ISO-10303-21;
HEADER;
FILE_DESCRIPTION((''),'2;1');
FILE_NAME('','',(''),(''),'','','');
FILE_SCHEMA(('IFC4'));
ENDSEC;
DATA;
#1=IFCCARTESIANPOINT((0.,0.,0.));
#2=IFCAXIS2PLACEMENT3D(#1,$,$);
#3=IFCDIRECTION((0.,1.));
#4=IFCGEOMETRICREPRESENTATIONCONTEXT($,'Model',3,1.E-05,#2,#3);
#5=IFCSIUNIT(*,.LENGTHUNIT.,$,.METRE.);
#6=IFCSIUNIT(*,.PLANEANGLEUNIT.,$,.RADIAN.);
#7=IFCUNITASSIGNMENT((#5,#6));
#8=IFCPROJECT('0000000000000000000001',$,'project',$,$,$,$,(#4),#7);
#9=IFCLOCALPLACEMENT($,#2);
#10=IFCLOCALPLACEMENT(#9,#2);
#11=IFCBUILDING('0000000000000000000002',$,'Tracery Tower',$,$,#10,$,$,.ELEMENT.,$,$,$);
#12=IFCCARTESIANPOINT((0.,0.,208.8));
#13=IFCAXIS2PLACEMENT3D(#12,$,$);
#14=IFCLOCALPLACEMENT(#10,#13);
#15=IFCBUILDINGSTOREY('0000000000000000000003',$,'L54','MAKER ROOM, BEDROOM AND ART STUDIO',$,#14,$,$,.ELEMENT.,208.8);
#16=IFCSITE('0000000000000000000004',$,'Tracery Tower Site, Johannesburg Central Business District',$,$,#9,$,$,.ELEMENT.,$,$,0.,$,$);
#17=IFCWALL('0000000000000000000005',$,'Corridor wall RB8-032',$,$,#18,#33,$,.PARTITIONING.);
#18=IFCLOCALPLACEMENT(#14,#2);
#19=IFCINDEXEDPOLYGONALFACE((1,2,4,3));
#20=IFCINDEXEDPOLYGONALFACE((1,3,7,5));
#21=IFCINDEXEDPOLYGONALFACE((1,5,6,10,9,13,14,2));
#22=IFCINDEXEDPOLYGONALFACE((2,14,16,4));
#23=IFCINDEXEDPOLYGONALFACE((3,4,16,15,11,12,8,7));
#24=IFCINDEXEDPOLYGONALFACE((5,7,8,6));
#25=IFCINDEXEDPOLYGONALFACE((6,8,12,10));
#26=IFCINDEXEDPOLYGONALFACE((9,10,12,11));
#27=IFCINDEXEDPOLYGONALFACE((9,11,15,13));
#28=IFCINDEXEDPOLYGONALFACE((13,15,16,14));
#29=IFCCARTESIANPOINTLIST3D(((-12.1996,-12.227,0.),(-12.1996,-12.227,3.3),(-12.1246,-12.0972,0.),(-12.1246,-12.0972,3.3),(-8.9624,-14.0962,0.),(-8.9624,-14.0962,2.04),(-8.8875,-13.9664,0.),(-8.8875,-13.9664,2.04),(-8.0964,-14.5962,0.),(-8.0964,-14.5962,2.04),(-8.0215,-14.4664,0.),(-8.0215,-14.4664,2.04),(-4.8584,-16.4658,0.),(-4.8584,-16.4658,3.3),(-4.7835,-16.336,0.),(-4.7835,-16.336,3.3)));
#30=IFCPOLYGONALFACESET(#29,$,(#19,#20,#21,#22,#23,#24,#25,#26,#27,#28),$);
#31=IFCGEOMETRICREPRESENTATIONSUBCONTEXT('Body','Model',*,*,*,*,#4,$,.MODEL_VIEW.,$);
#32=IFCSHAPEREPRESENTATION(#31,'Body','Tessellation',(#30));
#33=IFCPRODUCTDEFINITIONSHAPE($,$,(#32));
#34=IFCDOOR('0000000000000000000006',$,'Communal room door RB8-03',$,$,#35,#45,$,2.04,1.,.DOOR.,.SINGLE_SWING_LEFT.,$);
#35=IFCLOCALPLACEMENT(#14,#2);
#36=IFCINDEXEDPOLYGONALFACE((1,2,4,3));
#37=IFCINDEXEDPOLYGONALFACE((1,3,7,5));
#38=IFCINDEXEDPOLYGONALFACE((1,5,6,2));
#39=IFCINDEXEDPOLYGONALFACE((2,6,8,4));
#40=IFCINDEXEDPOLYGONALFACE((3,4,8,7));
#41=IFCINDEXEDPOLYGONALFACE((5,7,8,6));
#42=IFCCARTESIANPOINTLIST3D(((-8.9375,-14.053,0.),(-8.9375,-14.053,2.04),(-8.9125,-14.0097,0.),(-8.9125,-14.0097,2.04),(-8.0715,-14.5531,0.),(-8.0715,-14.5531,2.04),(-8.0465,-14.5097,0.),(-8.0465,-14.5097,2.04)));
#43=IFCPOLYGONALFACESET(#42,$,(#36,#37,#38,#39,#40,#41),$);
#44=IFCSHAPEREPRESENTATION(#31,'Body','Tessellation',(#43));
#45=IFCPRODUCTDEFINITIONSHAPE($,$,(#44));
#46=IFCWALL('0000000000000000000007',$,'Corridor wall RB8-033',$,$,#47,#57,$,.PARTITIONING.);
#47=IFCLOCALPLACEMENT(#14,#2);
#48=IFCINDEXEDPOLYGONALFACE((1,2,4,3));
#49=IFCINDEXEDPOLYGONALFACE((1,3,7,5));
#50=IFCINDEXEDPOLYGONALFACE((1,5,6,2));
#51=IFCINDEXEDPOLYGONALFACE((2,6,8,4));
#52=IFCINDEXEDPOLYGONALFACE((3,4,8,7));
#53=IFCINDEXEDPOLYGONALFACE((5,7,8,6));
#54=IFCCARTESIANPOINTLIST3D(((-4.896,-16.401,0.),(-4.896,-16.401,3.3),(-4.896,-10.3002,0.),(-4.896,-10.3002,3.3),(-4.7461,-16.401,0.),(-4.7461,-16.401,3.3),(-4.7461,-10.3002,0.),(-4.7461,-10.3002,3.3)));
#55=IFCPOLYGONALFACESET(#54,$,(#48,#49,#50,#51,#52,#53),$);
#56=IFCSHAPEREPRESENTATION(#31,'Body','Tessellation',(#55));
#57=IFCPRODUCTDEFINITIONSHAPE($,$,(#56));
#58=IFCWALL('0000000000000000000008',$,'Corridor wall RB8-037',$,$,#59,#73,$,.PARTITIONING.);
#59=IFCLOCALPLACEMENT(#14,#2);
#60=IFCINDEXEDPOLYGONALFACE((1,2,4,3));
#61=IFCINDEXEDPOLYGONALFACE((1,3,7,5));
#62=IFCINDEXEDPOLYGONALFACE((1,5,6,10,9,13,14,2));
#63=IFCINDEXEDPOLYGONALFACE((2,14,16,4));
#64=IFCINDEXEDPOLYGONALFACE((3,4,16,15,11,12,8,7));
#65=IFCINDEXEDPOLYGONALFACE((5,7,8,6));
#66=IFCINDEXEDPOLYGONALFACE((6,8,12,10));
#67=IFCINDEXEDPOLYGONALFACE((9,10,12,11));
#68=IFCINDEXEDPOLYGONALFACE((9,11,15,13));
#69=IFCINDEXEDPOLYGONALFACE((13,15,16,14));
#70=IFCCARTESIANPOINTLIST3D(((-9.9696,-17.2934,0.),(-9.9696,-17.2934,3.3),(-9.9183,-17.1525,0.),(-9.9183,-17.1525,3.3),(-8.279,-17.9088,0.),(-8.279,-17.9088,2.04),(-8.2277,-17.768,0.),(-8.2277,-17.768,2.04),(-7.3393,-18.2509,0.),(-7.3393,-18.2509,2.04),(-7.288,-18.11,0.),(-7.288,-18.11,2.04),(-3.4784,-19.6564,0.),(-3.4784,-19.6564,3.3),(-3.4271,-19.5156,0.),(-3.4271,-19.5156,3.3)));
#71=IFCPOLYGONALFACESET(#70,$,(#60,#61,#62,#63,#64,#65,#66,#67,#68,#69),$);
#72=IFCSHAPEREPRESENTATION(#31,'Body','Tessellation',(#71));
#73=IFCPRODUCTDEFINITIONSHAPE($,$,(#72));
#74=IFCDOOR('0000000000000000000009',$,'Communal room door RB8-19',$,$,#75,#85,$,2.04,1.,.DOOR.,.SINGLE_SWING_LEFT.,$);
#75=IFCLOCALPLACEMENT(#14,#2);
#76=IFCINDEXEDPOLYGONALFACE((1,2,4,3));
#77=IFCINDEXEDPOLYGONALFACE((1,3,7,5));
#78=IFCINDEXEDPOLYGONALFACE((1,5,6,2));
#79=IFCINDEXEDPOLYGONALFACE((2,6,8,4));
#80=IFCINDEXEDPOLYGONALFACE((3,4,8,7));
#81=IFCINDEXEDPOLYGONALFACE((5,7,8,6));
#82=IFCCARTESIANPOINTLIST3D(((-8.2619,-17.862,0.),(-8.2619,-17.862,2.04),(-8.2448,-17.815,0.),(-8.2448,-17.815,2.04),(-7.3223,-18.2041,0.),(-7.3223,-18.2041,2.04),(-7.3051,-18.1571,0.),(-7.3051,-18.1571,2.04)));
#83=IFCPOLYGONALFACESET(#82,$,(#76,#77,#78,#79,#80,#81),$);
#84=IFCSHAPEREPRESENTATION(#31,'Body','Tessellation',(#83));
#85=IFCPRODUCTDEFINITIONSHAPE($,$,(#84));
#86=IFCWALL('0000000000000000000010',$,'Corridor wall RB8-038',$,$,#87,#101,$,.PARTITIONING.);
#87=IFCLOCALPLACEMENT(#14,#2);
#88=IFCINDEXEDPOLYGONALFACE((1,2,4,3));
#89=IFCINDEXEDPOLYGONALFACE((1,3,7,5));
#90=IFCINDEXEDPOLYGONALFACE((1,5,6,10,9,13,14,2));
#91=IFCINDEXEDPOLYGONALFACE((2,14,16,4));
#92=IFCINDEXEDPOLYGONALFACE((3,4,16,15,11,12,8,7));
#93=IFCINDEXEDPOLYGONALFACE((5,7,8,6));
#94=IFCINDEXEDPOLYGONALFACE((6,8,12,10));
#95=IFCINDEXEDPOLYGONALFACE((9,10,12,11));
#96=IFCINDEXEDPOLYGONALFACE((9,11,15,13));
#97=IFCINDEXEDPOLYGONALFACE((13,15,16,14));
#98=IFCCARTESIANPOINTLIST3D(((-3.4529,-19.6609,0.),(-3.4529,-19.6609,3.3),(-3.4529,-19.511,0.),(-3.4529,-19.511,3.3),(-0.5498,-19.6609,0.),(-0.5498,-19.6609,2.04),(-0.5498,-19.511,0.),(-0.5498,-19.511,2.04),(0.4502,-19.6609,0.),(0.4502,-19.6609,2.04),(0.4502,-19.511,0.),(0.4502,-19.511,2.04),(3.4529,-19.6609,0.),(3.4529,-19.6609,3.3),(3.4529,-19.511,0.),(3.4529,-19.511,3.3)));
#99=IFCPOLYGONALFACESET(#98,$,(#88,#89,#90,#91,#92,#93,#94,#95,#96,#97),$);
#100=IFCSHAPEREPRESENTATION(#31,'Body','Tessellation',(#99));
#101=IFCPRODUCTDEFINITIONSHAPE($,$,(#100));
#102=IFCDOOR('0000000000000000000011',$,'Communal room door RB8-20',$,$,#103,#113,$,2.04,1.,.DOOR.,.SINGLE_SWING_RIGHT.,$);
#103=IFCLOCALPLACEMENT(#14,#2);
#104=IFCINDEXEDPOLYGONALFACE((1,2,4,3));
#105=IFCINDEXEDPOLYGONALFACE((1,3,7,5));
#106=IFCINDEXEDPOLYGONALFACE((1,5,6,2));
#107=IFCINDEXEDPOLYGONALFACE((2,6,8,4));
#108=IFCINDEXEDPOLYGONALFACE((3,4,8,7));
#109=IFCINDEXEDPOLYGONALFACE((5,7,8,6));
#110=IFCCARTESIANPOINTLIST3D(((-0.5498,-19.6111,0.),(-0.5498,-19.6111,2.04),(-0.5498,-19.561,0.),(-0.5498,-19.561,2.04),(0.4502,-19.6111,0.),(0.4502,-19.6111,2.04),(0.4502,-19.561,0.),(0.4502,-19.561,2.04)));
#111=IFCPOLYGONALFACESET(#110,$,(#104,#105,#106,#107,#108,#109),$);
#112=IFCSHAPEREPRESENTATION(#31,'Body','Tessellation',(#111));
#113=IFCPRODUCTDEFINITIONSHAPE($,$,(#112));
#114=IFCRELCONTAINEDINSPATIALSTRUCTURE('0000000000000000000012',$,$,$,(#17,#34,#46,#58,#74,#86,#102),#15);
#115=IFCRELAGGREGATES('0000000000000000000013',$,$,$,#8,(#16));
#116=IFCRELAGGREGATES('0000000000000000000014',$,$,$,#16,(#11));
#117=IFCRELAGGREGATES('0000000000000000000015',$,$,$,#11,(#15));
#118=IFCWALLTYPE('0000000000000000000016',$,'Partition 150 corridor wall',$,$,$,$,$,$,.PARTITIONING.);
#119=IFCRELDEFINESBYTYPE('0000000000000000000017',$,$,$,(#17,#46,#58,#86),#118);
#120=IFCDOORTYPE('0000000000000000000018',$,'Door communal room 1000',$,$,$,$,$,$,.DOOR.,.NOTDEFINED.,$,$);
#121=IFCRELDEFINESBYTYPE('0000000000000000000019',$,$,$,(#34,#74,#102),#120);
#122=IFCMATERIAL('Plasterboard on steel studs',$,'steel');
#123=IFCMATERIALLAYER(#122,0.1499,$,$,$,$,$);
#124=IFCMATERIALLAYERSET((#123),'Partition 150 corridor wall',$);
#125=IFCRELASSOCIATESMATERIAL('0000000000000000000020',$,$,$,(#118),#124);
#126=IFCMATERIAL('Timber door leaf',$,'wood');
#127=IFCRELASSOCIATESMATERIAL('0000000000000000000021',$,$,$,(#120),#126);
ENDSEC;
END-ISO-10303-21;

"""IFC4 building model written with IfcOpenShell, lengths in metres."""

from ifc_helpers import new_model, si_unit, direction, frame, frame_2d, origin, place, context, subcontext, project, spatial, rectangle, extrude, material, layer, layer_set, type_object, element, fill, save


model = new_model("IFC4")

# Units and contexts
model_context = context("Model", 3, precision=1e-05, world=origin(), true_north=direction((0.0, 1.0)))
body_context = subcontext(model_context, "Body", "Model", "MODEL_VIEW")
ifc_project = project(units=[si_unit("LENGTHUNIT", "METRE"), si_unit("PLANEANGLEUNIT", "RADIAN")], contexts=[model_context])

# Site, building, storey
site_placement = place(None, origin())
site = spatial("IfcSite", under=ifc_project, at=site_placement, Name="Tracery Tower Site, Johannesburg Central Business District", CompositionType="ELEMENT", RefElevation=0.0)
building_placement = place(site_placement, origin())
building = spatial("IfcBuilding", under=site, at=building_placement, Name="Tracery Tower", CompositionType="ELEMENT")
storey_placement = place(building_placement, frame((0.0, 0.0, 208.8)))
storey = spatial("IfcBuildingStorey", under=building, at=storey_placement, Name="L54", Description="MAKER ROOM, BEDROOM AND ART STUDIO", CompositionType="ELEMENT", Elevation=208.8)

# Shared definitions
ifc_material_1 = material(Name="Plasterboard on steel studs", Category="steel")
ifc_layer_1 = layer(ifc_material_1, 0.1499)
ifc_layer_set_1 = layer_set([ifc_layer_1], Name="Partition 150 corridor wall")
wall_type_1 = type_object("IfcWallType", Name="Partition 150 corridor wall", PredefinedType="PARTITIONING", material=ifc_layer_set_1)

# Wall, opening, door
wall_1_placement = place(storey_placement, frame((-12.1621, -12.1621, 0.0), z_axis=(0.0, 0.0, 1.0), x_axis=(0.866005, -0.500036, 0.0)))
wall_1 = element("IfcWall", 1, at=wall_1_placement, inside=storey, type_object=wall_type_1, Name="Corridor wall RB8-032", PredefinedType="PARTITIONING", context=body_context, shape_type="SweptSolid", body=[
    extrude(rectangle(XDim=8.4771, YDim=0.1499, at=frame_2d((4.2385, 0.0))), origin(), (0.0, 0.0, 1.0), 3.3),
])
opening_1_placement = place(wall_1_placement, frame((3.738, 0.0, 0.0)))
opening_1 = element("IfcOpeningElement", 2, at=opening_1_placement, cuts=wall_1, PredefinedType="OPENING", context=body_context, shape_type="SweptSolid", body=[
    extrude(rectangle(XDim=1.0, YDim=2.04, at=frame_2d((0.5, 1.02))), frame((0.0, 0.075, 0.0), z_axis=(0.0, -1.0, 0.0), x_axis=(1.0, 0.0, 0.0)), (0.0, 0.0, 1.0), 0.1499),
])
ifc_material_2 = material(Name="Timber door leaf", Category="wood")
door_type = type_object("IfcDoorType", Name="Door communal room 1000", OperationType="NOTDEFINED", PredefinedType="DOOR", material=ifc_material_2)
door_1_placement = place(opening_1_placement, origin())
door_1 = element("IfcDoor", 3, at=door_1_placement, inside=storey, type_object=door_type, Name="Communal room door RB8-03", OperationType="SINGLE_SWING_LEFT", OverallHeight=2.04, OverallWidth=1.0, PredefinedType="DOOR", context=body_context, shape_type="SweptSolid", body=[
    extrude(rectangle(XDim=1.0, YDim=2.04, at=frame_2d((0.5, 1.02))), frame((0.0, 0.0249, 0.0), z_axis=(0.0, -1.0, 0.0), x_axis=(1.0, 0.0, 0.0)), (0.0, 0.0, 1.0), 0.05),
])
fill(opening_1, door_1)

# Wall
wall_2_placement = place(storey_placement, frame((-4.821, -16.4009, 0.0), z_axis=(0.0, 0.0, 1.0), x_axis=(0.0, 1.0, 0.0)))
element("IfcWall", 4, at=wall_2_placement, inside=storey, type_object=wall_type_1, Name="Corridor wall RB8-033", PredefinedType="PARTITIONING", context=body_context, shape_type="SweptSolid", body=[
    extrude(rectangle(XDim=6.1008, YDim=0.1499, at=frame_2d((3.0503, 0.0))), origin(), (0.0, 0.0, 1.0), 3.3),
])

# Walls, openings, doors
wall_3_placement = place(storey_placement, frame((-9.9441, -17.2229, 0.0), z_axis=(0.0, 0.0, 1.0), x_axis=(0.939673, -0.342075, 0.0)))
wall_3 = element("IfcWall", 5, at=wall_3_placement, inside=storey, type_object=wall_type_1, Name="Corridor wall RB8-037", PredefinedType="PARTITIONING", context=body_context, shape_type="SweptSolid", body=[
    extrude(rectangle(XDim=6.908, YDim=0.1499, at=frame_2d((3.4541, 0.0))), origin(), (0.0, 0.0, 1.0), 3.3),
])
opening_2_placement = place(wall_3_placement, frame((1.7993, 0.0, 0.0)))
opening_2 = element("IfcOpeningElement", 6, at=opening_2_placement, cuts=wall_3, PredefinedType="OPENING", context=body_context, shape_type="SweptSolid", body=[
    extrude(rectangle(XDim=1.0, YDim=2.04, at=frame_2d((0.5, 1.02))), frame((0.0, 0.075, 0.0), z_axis=(0.0, -1.0, 0.0), x_axis=(1.0, 0.0, 0.0)), (0.0, 0.0, 1.0), 0.1499),
])
door_2_placement = place(opening_2_placement, origin())
door_2 = element("IfcDoor", 7, at=door_2_placement, inside=storey, type_object=door_type, Name="Communal room door RB8-19", OperationType="SINGLE_SWING_LEFT", OverallHeight=2.04, OverallWidth=1.0, PredefinedType="DOOR", context=body_context, shape_type="SweptSolid", body=[
    extrude(rectangle(XDim=1.0, YDim=2.04, at=frame_2d((0.5, 1.02))), frame((0.0, 0.0249, 0.0), z_axis=(0.0, -1.0, 0.0), x_axis=(1.0, 0.0, 0.0)), (0.0, 0.0, 1.0), 0.05),
])
fill(opening_2, door_2)
wall_4_placement = place(storey_placement, frame((-3.4529, -19.5859, 0.0), z_axis=(0.0, 0.0, 1.0), x_axis=(1.0, 0.0, 0.0)))
wall_4 = element("IfcWall", 8, at=wall_4_placement, inside=storey, type_object=wall_type_1, Name="Corridor wall RB8-038", PredefinedType="PARTITIONING", context=body_context, shape_type="SweptSolid", body=[
    extrude(rectangle(XDim=6.9058, YDim=0.1499, at=frame_2d((3.4529, 0.0))), origin(), (0.0, 0.0, 1.0), 3.3),
])
opening_3_placement = place(wall_4_placement, frame((2.9031, 0.0, 0.0)))
opening_3 = element("IfcOpeningElement", 9, at=opening_3_placement, cuts=wall_4, PredefinedType="OPENING", context=body_context, shape_type="SweptSolid", body=[
    extrude(rectangle(XDim=1.0, YDim=2.04, at=frame_2d((0.5, 1.02))), frame((0.0, 0.075, 0.0), z_axis=(0.0, -1.0, 0.0), x_axis=(1.0, 0.0, 0.0)), (0.0, 0.0, 1.0), 0.1499),
])
door_3_placement = place(opening_3_placement, origin())
door_3 = element("IfcDoor", 10, at=door_3_placement, inside=storey, type_object=door_type, Name="Communal room door RB8-20", OperationType="SINGLE_SWING_RIGHT", OverallHeight=2.04, OverallWidth=1.0, PredefinedType="DOOR", context=body_context, shape_type="SweptSolid", body=[
    extrude(rectangle(XDim=1.0, YDim=2.04, at=frame_2d((0.5, 1.02))), frame((0.0, 0.0249, 0.0), z_axis=(0.0, -1.0, 0.0), x_axis=(1.0, 0.0, 0.0)), (0.0, 0.0, 1.0), 0.05),
])
fill(opening_3, door_3)

save(model, "model.ifc")
